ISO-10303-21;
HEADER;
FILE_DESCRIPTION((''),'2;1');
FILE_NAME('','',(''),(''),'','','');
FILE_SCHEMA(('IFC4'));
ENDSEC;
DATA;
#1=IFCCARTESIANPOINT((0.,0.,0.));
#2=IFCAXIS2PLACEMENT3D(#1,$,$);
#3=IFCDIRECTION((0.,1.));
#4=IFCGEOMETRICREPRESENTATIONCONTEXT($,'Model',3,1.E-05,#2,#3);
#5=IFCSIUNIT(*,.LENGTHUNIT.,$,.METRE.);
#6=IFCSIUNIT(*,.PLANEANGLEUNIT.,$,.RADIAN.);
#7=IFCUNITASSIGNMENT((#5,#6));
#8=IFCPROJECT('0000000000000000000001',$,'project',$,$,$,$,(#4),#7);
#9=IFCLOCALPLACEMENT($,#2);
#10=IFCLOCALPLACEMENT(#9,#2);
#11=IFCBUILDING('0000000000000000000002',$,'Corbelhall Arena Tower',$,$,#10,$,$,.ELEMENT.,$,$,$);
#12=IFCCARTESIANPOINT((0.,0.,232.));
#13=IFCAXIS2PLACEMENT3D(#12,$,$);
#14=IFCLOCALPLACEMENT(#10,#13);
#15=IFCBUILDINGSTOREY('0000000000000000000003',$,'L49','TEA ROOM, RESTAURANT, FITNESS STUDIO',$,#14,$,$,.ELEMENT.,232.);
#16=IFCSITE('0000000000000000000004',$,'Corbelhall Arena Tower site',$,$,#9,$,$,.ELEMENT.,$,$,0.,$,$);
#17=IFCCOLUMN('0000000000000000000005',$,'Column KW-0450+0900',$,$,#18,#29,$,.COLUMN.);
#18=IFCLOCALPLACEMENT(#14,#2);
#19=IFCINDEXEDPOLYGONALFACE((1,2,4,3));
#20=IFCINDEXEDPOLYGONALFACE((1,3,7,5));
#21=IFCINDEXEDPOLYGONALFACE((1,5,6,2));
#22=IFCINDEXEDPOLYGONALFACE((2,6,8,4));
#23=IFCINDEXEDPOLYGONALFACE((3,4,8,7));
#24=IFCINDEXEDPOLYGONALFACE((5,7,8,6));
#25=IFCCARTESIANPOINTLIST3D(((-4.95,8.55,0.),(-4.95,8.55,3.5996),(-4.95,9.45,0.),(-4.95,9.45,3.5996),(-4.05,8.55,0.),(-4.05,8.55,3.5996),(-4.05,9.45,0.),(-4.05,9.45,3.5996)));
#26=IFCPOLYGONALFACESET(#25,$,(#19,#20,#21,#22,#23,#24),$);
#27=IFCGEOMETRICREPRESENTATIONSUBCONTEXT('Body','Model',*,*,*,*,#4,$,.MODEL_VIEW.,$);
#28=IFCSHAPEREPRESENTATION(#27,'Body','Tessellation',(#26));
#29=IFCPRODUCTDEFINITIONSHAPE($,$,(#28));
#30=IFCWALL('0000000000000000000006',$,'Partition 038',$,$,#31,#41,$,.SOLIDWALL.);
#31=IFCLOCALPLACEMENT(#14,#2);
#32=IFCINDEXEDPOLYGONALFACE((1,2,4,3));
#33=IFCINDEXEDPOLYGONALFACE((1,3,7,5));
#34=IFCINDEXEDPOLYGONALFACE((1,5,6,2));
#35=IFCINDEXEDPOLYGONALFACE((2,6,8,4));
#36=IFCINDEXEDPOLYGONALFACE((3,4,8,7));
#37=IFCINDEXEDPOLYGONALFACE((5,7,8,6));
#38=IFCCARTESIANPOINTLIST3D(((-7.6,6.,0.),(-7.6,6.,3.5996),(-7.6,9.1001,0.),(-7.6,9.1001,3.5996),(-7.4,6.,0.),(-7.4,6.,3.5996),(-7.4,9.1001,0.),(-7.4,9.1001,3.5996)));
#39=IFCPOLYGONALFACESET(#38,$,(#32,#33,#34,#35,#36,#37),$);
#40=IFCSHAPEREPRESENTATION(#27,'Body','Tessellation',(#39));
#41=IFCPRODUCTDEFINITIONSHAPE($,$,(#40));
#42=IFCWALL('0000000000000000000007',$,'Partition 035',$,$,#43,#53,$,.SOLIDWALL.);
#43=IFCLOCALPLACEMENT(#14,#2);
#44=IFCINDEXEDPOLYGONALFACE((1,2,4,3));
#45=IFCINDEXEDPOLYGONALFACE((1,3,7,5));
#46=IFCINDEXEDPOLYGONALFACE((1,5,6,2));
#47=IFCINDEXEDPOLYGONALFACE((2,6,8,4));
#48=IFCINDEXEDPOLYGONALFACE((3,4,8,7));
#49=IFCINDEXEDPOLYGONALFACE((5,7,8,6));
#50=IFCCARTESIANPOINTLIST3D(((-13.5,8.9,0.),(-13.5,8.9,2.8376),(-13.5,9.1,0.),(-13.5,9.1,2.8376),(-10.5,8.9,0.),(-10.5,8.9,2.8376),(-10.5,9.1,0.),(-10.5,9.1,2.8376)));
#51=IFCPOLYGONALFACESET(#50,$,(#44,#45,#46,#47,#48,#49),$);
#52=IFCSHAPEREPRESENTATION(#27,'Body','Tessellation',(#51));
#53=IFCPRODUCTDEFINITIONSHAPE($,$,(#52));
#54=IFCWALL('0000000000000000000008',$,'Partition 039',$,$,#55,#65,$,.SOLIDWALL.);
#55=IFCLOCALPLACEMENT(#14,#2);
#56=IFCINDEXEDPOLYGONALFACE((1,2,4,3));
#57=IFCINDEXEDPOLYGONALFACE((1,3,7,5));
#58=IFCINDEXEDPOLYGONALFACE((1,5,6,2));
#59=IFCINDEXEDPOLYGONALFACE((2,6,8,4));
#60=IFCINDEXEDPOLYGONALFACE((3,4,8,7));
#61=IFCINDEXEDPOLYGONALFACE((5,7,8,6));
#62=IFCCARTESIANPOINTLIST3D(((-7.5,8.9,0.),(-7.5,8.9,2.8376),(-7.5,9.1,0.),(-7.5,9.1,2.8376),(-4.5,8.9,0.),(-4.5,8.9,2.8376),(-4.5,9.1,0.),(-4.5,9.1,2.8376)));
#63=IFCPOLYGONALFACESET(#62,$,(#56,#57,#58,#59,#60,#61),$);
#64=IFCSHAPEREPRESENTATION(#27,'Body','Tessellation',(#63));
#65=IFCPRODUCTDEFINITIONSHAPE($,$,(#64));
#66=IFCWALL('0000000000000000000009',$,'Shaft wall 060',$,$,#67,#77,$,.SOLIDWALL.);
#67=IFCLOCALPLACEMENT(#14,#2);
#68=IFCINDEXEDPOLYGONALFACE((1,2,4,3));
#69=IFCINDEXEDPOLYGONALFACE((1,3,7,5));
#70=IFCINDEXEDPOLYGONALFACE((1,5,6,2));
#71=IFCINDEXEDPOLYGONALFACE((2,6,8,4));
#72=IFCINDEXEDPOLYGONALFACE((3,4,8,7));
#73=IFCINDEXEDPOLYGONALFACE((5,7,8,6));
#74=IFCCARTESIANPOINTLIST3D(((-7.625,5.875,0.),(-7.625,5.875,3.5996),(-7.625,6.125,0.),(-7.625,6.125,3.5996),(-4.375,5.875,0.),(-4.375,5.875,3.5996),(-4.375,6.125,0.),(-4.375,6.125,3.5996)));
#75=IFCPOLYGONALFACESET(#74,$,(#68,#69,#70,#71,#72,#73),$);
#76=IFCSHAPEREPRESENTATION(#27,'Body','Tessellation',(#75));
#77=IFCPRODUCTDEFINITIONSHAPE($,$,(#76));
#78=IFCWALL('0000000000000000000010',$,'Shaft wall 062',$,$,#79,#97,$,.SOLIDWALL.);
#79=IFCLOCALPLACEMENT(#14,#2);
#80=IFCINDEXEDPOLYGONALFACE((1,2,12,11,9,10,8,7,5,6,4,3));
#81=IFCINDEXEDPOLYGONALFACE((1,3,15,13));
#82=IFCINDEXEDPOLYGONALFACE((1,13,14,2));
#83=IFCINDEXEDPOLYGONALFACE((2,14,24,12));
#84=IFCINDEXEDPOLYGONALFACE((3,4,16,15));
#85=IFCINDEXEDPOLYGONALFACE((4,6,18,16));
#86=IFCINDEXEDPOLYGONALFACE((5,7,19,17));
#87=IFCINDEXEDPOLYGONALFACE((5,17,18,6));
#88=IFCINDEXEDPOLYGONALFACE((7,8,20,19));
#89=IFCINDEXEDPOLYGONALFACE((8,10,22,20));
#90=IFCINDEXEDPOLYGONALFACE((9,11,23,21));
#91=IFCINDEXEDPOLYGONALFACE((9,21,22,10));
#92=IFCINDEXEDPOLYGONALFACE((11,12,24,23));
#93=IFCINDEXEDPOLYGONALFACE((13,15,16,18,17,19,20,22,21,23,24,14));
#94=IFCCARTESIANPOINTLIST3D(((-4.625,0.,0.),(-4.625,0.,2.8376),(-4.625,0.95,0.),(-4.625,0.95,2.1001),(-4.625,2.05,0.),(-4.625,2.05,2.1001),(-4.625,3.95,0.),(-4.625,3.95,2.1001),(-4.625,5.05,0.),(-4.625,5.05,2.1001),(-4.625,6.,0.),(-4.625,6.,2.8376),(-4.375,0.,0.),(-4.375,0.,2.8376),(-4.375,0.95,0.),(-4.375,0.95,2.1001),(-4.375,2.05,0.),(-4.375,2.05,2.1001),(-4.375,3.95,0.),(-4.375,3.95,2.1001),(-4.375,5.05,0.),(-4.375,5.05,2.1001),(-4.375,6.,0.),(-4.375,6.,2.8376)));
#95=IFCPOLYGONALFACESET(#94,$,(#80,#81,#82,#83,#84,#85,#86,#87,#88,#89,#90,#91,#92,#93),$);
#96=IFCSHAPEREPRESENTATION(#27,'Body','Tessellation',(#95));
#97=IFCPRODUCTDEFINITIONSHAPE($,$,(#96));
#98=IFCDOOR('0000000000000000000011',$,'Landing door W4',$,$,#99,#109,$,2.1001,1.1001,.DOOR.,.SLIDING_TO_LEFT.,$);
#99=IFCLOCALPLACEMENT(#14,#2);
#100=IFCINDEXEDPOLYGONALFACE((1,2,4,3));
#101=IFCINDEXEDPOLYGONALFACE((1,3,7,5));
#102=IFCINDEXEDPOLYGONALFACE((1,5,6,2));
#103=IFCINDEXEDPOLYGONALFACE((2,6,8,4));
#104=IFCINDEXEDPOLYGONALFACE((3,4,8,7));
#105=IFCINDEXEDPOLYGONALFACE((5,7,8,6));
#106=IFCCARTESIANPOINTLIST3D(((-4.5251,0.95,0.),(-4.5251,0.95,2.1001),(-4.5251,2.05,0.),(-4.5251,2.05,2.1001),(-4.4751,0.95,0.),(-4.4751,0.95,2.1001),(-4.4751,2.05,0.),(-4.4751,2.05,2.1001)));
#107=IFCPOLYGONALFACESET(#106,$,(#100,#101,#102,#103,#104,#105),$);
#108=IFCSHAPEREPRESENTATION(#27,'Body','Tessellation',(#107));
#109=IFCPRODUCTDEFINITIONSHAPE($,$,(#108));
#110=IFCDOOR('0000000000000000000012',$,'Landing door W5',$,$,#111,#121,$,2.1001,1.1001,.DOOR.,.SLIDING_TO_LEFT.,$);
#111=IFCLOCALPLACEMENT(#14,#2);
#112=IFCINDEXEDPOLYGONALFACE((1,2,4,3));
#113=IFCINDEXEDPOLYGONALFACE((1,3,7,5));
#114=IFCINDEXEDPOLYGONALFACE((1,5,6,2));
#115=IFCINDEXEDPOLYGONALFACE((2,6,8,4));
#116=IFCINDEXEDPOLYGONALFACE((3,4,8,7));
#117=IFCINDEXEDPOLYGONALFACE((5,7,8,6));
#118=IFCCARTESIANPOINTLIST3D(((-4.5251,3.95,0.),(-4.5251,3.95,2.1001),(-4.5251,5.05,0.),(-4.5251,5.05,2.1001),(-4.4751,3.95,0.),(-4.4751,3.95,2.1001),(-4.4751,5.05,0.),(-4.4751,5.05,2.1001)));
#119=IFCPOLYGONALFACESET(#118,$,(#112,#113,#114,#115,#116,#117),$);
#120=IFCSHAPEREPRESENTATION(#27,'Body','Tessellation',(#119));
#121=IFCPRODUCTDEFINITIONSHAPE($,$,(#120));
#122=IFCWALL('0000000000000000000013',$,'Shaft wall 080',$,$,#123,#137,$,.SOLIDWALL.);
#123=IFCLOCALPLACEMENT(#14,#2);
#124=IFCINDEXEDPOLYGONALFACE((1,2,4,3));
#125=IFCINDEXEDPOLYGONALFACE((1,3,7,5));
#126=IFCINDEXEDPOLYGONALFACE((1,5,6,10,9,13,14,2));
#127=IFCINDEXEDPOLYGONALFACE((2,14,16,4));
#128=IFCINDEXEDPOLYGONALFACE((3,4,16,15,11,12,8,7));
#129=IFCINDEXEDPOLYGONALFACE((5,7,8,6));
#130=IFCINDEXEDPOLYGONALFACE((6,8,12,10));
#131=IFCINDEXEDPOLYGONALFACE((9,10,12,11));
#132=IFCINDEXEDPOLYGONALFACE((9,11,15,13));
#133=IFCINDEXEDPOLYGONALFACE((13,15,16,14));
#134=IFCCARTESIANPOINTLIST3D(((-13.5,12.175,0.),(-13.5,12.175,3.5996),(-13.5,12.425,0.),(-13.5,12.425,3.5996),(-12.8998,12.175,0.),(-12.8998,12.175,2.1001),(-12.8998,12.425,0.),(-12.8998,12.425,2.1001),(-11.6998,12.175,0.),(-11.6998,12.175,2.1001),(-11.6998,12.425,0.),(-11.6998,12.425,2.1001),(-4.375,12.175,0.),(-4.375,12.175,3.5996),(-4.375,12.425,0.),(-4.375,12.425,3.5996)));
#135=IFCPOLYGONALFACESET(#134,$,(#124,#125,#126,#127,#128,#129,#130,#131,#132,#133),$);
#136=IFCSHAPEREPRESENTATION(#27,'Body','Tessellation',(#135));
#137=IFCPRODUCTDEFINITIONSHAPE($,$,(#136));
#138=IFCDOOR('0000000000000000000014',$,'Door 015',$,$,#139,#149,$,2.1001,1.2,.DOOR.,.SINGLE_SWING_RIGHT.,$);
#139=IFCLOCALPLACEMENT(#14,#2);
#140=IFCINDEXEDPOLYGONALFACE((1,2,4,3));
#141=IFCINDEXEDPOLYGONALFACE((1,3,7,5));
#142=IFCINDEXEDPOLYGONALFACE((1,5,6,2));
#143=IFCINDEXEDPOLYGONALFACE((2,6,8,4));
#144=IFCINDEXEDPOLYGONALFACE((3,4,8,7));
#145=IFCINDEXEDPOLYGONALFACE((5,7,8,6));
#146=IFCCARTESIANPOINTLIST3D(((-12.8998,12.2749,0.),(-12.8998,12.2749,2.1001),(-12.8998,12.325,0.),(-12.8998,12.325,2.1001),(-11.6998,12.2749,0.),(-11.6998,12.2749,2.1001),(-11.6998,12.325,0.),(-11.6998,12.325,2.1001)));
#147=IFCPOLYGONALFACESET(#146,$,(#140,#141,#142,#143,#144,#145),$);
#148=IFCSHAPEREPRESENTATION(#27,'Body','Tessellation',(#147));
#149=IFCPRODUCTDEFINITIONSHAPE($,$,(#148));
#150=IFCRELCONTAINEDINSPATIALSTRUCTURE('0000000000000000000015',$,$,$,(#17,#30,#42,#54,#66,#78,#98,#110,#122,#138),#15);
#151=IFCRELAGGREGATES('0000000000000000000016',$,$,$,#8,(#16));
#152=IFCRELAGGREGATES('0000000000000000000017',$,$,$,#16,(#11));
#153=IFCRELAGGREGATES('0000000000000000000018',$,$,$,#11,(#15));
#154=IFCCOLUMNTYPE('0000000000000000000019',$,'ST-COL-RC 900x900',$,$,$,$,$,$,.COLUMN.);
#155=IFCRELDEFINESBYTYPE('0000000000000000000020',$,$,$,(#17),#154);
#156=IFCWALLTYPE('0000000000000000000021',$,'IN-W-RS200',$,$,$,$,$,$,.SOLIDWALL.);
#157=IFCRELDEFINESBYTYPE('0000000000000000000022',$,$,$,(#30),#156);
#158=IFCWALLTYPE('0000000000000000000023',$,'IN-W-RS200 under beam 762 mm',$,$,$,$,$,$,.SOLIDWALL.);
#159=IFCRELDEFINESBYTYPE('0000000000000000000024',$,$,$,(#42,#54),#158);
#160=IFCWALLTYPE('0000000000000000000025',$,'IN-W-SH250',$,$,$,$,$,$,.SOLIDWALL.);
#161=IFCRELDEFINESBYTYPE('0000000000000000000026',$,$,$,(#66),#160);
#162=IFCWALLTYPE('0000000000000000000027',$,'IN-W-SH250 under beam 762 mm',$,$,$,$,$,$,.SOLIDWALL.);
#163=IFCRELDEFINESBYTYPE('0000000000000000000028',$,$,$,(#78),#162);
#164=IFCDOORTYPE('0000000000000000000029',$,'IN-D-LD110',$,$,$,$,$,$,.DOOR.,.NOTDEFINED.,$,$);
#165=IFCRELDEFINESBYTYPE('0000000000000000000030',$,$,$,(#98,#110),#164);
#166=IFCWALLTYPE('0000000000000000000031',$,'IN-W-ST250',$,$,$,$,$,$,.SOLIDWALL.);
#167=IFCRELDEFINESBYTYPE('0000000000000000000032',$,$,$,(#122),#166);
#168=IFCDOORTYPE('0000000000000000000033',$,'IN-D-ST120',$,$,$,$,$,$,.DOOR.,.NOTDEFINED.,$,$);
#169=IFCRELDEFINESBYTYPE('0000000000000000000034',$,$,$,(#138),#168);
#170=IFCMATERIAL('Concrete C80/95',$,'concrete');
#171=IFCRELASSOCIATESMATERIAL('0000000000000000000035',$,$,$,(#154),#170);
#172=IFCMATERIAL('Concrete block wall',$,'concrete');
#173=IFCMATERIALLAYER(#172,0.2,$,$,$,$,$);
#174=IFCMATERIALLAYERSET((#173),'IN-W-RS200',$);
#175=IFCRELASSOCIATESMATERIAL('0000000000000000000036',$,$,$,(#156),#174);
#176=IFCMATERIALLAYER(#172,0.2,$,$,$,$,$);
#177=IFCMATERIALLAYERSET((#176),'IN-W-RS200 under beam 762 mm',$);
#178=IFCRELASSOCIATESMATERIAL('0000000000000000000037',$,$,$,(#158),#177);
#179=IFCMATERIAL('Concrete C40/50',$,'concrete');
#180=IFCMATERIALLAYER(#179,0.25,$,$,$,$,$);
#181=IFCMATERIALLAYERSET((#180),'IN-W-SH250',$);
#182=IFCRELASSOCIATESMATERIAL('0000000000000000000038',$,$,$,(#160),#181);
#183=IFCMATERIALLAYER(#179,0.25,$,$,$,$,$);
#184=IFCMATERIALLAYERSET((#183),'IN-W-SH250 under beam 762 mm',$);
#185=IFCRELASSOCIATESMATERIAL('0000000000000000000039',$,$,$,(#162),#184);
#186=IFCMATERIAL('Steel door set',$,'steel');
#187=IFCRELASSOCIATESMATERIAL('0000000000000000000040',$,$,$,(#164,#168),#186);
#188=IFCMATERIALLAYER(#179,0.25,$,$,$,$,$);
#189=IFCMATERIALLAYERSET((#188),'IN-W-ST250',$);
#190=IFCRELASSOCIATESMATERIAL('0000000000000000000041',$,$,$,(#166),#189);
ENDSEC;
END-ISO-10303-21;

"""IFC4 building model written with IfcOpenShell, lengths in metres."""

from ifc_helpers import new_model, si_unit, direction, frame, frame_2d, origin, origin_2d, place, context, subcontext, project, spatial, rectangle, extrude, material, layer, layer_set, material_profile, profile_set, type_object, element, fill, save


model = new_model("IFC4")

# Units and contexts
model_context = context("Model", 3, precision=1e-05, world=origin(), true_north=direction((0.0, 1.0)))
body_context = subcontext(model_context, "Body", "Model", "MODEL_VIEW")
ifc_project = project(units=[si_unit("LENGTHUNIT", "METRE"), si_unit("PLANEANGLEUNIT", "RADIAN")], contexts=[model_context])

# Site, building, storey
site_placement = place(None, origin())
site = spatial("IfcSite", under=ifc_project, at=site_placement, Name="Corbelhall Arena Tower site", CompositionType="ELEMENT", RefElevation=0.0)
building_placement = place(site_placement, origin())
building = spatial("IfcBuilding", under=site, at=building_placement, Name="Corbelhall Arena Tower", CompositionType="ELEMENT")
storey_placement = place(building_placement, frame((0.0, 0.0, 232.0)))
storey = spatial("IfcBuildingStorey", under=building, at=storey_placement, Name="L49", Description="TEA ROOM, RESTAURANT, FITNESS STUDIO", CompositionType="ELEMENT", Elevation=232.0)

# Column
ifc_material_1 = material(Name="Concrete C80/95", Category="concrete")
ifc_material_profile = material_profile(ifc_material_1, rectangle(XDim=0.8999, YDim=0.8999, at=origin_2d()))
ifc_profile_set = profile_set([ifc_material_profile], Name="Concrete C80/95")
column_type = type_object("IfcColumnType", Name="ST-COL-RC 900x900", PredefinedType="COLUMN", material=ifc_profile_set)
column_placement = place(storey_placement, frame((-4.5, 9.0, 0.0), z_axis=(0.0, 0.0, 1.0), x_axis=(1.0, 0.0, 0.0)))
element("IfcColumn", 1, at=column_placement, inside=storey, type_object=column_type, Name="Column KW-0450+0900", PredefinedType="COLUMN", context=body_context, shape_type="SweptSolid", body=[
    extrude(rectangle(XDim=0.8999, YDim=0.8999, at=origin_2d()), origin(), (0.0, 0.0, 1.0), 3.5996),
])

# Shared definitions
ifc_material_2 = material(Name="Concrete block wall", Category="concrete")
ifc_layer_1 = layer(ifc_material_2, 0.2)
ifc_layer_set_1 = layer_set([ifc_layer_1], Name="IN-W-RS200")
wall_type_1 = type_object("IfcWallType", Name="IN-W-RS200", PredefinedType="SOLIDWALL", material=ifc_layer_set_1)
ifc_material_3 = material(Name="Steel door set", Category="steel")

# Walls
wall_1_placement = place(storey_placement, frame((-7.5, 6.0, 0.0), z_axis=(0.0, 0.0, 1.0), x_axis=(0.0, 1.0, 0.0)))
element("IfcWall", 2, at=wall_1_placement, inside=storey, type_object=wall_type_1, Name="Partition 038", PredefinedType="SOLIDWALL", context=body_context, shape_type="SweptSolid", body=[
    extrude(rectangle(XDim=3.1001, YDim=0.2, at=frame_2d((1.55, 0.0))), origin(), (0.0, 0.0, 1.0), 3.5996),
])
ifc_layer_2 = layer(ifc_material_2, 0.2)
ifc_layer_set_2 = layer_set([ifc_layer_2], Name="IN-W-RS200 under beam 762 mm")
wall_type_2 = type_object("IfcWallType", Name="IN-W-RS200 under beam 762 mm", PredefinedType="SOLIDWALL", material=ifc_layer_set_2)
for number, where, z_axis, x_axis, name in (
    (3, (-13.5, 9.0, 0.0), (0.0, 0.0, 1.0), (1.0, 0.0, 0.0), "Partition 035"),
    (4, (-7.5, 9.0, 0.0), (0.0, 0.0, 1.0), (1.0, 0.0, 0.0), "Partition 039"),
):
    element("IfcWall", number, at=place(storey_placement, frame(where, z_axis=z_axis, x_axis=x_axis)), inside=storey, type_object=wall_type_2, Name=name, PredefinedType="SOLIDWALL", context=body_context, shape_type="SweptSolid", body=[
        extrude(rectangle(XDim=3.0, YDim=0.2, at=frame_2d((1.5, 0.0))), origin(), (0.0, 0.0, 1.0), 2.8376),
    ])

# Wall
ifc_material_4 = material(Name="Concrete C40/50", Category="concrete")
ifc_layer_3 = layer(ifc_material_4, 0.25)
ifc_layer_set_3 = layer_set([ifc_layer_3], Name="IN-W-SH250")
wall_type_3 = type_object("IfcWallType", Name="IN-W-SH250", PredefinedType="SOLIDWALL", material=ifc_layer_set_3)
wall_2_placement = place(storey_placement, frame((-7.625, 6.0, 0.0), z_axis=(0.0, 0.0, 1.0), x_axis=(1.0, 0.0, 0.0)))
element("IfcWall", 5, at=wall_2_placement, inside=storey, type_object=wall_type_3, Name="Shaft wall 060", PredefinedType="SOLIDWALL", context=body_context, shape_type="SweptSolid", body=[
    extrude(rectangle(XDim=3.25, YDim=0.25, at=frame_2d((1.625, 0.0))), origin(), (0.0, 0.0, 1.0), 3.5996),
])

# Wall, openings, doors
ifc_layer_4 = layer(ifc_material_4, 0.25)
ifc_layer_set_4 = layer_set([ifc_layer_4], Name="IN-W-SH250 under beam 762 mm")
wall_type_4 = type_object("IfcWallType", Name="IN-W-SH250 under beam 762 mm", PredefinedType="SOLIDWALL", material=ifc_layer_set_4)
wall_3_placement = place(storey_placement, frame((-4.5, 6.0, 0.0), z_axis=(0.0, 0.0, 1.0), x_axis=(0.0, -1.0, 0.0)))
wall_3 = element("IfcWall", 6, at=wall_3_placement, inside=storey, type_object=wall_type_4, Name="Shaft wall 062", PredefinedType="SOLIDWALL", context=body_context, shape_type="SweptSolid", body=[
    extrude(rectangle(XDim=6.0, YDim=0.25, at=frame_2d((3.0, 0.0))), origin(), (0.0, 0.0, 1.0), 2.8376),
])
opening_1_placement = place(wall_3_placement, frame((3.95, 0.0, 0.0)))
opening_1 = element("IfcOpeningElement", 7, at=opening_1_placement, cuts=wall_3, PredefinedType="OPENING", context=body_context, shape_type="SweptSolid", body=[
    extrude(rectangle(XDim=1.1001, YDim=2.1001, at=frame_2d((0.55, 1.05))), frame((0.0, 0.125, 0.0), z_axis=(0.0, -1.0, 0.0), x_axis=(1.0, 0.0, 0.0)), (0.0, 0.0, 1.0), 0.25),
])
opening_2_placement = place(wall_3_placement, frame((0.95, 0.0, 0.0)))
opening_2 = element("IfcOpeningElement", 8, at=opening_2_placement, cuts=wall_3, PredefinedType="OPENING", context=body_context, shape_type="SweptSolid", body=[
    extrude(rectangle(XDim=1.1001, YDim=2.1001, at=frame_2d((0.55, 1.05))), frame((0.0, 0.125, 0.0), z_axis=(0.0, -1.0, 0.0), x_axis=(1.0, 0.0, 0.0)), (0.0, 0.0, 1.0), 0.25),
])
door_type_1 = type_object("IfcDoorType", Name="IN-D-LD110", OperationType="NOTDEFINED", PredefinedType="DOOR", material=ifc_material_3)
door_1_placement = place(opening_1_placement, origin())
door_1 = element("IfcDoor", 9, at=door_1_placement, inside=storey, type_object=door_type_1, Name="Landing door W4", OperationType="SLIDING_TO_LEFT", OverallHeight=2.1001, OverallWidth=1.1001, PredefinedType="DOOR", context=body_context, shape_type="SweptSolid", body=[
    extrude(rectangle(XDim=1.1001, YDim=2.1001, at=frame_2d((0.55, 1.05))), frame((0.0, 0.0249, 0.0), z_axis=(0.0, -1.0, 0.0), x_axis=(1.0, 0.0, 0.0)), (0.0, 0.0, 1.0), 0.05),
])
fill(opening_1, door_1)
door_2_placement = place(opening_2_placement, origin())
door_2 = element("IfcDoor", 10, at=door_2_placement, inside=storey, type_object=door_type_1, Name="Landing door W5", OperationType="SLIDING_TO_LEFT", OverallHeight=2.1001, OverallWidth=1.1001, PredefinedType="DOOR", context=body_context, shape_type="SweptSolid", body=[
    extrude(rectangle(XDim=1.1001, YDim=2.1001, at=frame_2d((0.55, 1.05))), frame((0.0, 0.0249, 0.0), z_axis=(0.0, -1.0, 0.0), x_axis=(1.0, 0.0, 0.0)), (0.0, 0.0, 1.0), 0.05),
])
fill(opening_2, door_2)

# Wall, opening, door
ifc_layer_5 = layer(ifc_material_4, 0.25)
ifc_layer_set_5 = layer_set([ifc_layer_5], Name="IN-W-ST250")
wall_type_5 = type_object("IfcWallType", Name="IN-W-ST250", PredefinedType="SOLIDWALL", material=ifc_layer_set_5)
wall_4_placement = place(storey_placement, frame((-13.5, 12.3, 0.0), z_axis=(0.0, 0.0, 1.0), x_axis=(1.0, 0.0, 0.0)))
wall_4 = element("IfcWall", 11, at=wall_4_placement, inside=storey, type_object=wall_type_5, Name="Shaft wall 080", PredefinedType="SOLIDWALL", context=body_context, shape_type="SweptSolid", body=[
    extrude(rectangle(XDim=9.125, YDim=0.25, at=frame_2d((4.5625, 0.0))), origin(), (0.0, 0.0, 1.0), 3.5996),
])
opening_3_placement = place(wall_4_placement, frame((0.6001, 0.0, 0.0)))
opening_3 = element("IfcOpeningElement", 12, at=opening_3_placement, cuts=wall_4, PredefinedType="OPENING", context=body_context, shape_type="SweptSolid", body=[
    extrude(rectangle(XDim=1.2, YDim=2.1001, at=frame_2d((0.6001, 1.05))), frame((0.0, 0.125, 0.0), z_axis=(0.0, -1.0, 0.0), x_axis=(1.0, 0.0, 0.0)), (0.0, 0.0, 1.0), 0.25),
])
door_type_2 = type_object("IfcDoorType", Name="IN-D-ST120", OperationType="NOTDEFINED", PredefinedType="DOOR", material=ifc_material_3)
door_3_placement = place(opening_3_placement, origin())
door_3 = element("IfcDoor", 13, at=door_3_placement, inside=storey, type_object=door_type_2, Name="Door 015", OperationType="SINGLE_SWING_RIGHT", OverallHeight=2.1001, OverallWidth=1.2, PredefinedType="DOOR", context=body_context, shape_type="SweptSolid", body=[
    extrude(rectangle(XDim=1.2, YDim=2.1001, at=frame_2d((0.6001, 1.05))), frame((0.0, 0.0249, 0.0), z_axis=(0.0, -1.0, 0.0), x_axis=(1.0, 0.0, 0.0)), (0.0, 0.0, 1.0), 0.05),
])
fill(opening_3, door_3)

save(model, "model.ifc")
